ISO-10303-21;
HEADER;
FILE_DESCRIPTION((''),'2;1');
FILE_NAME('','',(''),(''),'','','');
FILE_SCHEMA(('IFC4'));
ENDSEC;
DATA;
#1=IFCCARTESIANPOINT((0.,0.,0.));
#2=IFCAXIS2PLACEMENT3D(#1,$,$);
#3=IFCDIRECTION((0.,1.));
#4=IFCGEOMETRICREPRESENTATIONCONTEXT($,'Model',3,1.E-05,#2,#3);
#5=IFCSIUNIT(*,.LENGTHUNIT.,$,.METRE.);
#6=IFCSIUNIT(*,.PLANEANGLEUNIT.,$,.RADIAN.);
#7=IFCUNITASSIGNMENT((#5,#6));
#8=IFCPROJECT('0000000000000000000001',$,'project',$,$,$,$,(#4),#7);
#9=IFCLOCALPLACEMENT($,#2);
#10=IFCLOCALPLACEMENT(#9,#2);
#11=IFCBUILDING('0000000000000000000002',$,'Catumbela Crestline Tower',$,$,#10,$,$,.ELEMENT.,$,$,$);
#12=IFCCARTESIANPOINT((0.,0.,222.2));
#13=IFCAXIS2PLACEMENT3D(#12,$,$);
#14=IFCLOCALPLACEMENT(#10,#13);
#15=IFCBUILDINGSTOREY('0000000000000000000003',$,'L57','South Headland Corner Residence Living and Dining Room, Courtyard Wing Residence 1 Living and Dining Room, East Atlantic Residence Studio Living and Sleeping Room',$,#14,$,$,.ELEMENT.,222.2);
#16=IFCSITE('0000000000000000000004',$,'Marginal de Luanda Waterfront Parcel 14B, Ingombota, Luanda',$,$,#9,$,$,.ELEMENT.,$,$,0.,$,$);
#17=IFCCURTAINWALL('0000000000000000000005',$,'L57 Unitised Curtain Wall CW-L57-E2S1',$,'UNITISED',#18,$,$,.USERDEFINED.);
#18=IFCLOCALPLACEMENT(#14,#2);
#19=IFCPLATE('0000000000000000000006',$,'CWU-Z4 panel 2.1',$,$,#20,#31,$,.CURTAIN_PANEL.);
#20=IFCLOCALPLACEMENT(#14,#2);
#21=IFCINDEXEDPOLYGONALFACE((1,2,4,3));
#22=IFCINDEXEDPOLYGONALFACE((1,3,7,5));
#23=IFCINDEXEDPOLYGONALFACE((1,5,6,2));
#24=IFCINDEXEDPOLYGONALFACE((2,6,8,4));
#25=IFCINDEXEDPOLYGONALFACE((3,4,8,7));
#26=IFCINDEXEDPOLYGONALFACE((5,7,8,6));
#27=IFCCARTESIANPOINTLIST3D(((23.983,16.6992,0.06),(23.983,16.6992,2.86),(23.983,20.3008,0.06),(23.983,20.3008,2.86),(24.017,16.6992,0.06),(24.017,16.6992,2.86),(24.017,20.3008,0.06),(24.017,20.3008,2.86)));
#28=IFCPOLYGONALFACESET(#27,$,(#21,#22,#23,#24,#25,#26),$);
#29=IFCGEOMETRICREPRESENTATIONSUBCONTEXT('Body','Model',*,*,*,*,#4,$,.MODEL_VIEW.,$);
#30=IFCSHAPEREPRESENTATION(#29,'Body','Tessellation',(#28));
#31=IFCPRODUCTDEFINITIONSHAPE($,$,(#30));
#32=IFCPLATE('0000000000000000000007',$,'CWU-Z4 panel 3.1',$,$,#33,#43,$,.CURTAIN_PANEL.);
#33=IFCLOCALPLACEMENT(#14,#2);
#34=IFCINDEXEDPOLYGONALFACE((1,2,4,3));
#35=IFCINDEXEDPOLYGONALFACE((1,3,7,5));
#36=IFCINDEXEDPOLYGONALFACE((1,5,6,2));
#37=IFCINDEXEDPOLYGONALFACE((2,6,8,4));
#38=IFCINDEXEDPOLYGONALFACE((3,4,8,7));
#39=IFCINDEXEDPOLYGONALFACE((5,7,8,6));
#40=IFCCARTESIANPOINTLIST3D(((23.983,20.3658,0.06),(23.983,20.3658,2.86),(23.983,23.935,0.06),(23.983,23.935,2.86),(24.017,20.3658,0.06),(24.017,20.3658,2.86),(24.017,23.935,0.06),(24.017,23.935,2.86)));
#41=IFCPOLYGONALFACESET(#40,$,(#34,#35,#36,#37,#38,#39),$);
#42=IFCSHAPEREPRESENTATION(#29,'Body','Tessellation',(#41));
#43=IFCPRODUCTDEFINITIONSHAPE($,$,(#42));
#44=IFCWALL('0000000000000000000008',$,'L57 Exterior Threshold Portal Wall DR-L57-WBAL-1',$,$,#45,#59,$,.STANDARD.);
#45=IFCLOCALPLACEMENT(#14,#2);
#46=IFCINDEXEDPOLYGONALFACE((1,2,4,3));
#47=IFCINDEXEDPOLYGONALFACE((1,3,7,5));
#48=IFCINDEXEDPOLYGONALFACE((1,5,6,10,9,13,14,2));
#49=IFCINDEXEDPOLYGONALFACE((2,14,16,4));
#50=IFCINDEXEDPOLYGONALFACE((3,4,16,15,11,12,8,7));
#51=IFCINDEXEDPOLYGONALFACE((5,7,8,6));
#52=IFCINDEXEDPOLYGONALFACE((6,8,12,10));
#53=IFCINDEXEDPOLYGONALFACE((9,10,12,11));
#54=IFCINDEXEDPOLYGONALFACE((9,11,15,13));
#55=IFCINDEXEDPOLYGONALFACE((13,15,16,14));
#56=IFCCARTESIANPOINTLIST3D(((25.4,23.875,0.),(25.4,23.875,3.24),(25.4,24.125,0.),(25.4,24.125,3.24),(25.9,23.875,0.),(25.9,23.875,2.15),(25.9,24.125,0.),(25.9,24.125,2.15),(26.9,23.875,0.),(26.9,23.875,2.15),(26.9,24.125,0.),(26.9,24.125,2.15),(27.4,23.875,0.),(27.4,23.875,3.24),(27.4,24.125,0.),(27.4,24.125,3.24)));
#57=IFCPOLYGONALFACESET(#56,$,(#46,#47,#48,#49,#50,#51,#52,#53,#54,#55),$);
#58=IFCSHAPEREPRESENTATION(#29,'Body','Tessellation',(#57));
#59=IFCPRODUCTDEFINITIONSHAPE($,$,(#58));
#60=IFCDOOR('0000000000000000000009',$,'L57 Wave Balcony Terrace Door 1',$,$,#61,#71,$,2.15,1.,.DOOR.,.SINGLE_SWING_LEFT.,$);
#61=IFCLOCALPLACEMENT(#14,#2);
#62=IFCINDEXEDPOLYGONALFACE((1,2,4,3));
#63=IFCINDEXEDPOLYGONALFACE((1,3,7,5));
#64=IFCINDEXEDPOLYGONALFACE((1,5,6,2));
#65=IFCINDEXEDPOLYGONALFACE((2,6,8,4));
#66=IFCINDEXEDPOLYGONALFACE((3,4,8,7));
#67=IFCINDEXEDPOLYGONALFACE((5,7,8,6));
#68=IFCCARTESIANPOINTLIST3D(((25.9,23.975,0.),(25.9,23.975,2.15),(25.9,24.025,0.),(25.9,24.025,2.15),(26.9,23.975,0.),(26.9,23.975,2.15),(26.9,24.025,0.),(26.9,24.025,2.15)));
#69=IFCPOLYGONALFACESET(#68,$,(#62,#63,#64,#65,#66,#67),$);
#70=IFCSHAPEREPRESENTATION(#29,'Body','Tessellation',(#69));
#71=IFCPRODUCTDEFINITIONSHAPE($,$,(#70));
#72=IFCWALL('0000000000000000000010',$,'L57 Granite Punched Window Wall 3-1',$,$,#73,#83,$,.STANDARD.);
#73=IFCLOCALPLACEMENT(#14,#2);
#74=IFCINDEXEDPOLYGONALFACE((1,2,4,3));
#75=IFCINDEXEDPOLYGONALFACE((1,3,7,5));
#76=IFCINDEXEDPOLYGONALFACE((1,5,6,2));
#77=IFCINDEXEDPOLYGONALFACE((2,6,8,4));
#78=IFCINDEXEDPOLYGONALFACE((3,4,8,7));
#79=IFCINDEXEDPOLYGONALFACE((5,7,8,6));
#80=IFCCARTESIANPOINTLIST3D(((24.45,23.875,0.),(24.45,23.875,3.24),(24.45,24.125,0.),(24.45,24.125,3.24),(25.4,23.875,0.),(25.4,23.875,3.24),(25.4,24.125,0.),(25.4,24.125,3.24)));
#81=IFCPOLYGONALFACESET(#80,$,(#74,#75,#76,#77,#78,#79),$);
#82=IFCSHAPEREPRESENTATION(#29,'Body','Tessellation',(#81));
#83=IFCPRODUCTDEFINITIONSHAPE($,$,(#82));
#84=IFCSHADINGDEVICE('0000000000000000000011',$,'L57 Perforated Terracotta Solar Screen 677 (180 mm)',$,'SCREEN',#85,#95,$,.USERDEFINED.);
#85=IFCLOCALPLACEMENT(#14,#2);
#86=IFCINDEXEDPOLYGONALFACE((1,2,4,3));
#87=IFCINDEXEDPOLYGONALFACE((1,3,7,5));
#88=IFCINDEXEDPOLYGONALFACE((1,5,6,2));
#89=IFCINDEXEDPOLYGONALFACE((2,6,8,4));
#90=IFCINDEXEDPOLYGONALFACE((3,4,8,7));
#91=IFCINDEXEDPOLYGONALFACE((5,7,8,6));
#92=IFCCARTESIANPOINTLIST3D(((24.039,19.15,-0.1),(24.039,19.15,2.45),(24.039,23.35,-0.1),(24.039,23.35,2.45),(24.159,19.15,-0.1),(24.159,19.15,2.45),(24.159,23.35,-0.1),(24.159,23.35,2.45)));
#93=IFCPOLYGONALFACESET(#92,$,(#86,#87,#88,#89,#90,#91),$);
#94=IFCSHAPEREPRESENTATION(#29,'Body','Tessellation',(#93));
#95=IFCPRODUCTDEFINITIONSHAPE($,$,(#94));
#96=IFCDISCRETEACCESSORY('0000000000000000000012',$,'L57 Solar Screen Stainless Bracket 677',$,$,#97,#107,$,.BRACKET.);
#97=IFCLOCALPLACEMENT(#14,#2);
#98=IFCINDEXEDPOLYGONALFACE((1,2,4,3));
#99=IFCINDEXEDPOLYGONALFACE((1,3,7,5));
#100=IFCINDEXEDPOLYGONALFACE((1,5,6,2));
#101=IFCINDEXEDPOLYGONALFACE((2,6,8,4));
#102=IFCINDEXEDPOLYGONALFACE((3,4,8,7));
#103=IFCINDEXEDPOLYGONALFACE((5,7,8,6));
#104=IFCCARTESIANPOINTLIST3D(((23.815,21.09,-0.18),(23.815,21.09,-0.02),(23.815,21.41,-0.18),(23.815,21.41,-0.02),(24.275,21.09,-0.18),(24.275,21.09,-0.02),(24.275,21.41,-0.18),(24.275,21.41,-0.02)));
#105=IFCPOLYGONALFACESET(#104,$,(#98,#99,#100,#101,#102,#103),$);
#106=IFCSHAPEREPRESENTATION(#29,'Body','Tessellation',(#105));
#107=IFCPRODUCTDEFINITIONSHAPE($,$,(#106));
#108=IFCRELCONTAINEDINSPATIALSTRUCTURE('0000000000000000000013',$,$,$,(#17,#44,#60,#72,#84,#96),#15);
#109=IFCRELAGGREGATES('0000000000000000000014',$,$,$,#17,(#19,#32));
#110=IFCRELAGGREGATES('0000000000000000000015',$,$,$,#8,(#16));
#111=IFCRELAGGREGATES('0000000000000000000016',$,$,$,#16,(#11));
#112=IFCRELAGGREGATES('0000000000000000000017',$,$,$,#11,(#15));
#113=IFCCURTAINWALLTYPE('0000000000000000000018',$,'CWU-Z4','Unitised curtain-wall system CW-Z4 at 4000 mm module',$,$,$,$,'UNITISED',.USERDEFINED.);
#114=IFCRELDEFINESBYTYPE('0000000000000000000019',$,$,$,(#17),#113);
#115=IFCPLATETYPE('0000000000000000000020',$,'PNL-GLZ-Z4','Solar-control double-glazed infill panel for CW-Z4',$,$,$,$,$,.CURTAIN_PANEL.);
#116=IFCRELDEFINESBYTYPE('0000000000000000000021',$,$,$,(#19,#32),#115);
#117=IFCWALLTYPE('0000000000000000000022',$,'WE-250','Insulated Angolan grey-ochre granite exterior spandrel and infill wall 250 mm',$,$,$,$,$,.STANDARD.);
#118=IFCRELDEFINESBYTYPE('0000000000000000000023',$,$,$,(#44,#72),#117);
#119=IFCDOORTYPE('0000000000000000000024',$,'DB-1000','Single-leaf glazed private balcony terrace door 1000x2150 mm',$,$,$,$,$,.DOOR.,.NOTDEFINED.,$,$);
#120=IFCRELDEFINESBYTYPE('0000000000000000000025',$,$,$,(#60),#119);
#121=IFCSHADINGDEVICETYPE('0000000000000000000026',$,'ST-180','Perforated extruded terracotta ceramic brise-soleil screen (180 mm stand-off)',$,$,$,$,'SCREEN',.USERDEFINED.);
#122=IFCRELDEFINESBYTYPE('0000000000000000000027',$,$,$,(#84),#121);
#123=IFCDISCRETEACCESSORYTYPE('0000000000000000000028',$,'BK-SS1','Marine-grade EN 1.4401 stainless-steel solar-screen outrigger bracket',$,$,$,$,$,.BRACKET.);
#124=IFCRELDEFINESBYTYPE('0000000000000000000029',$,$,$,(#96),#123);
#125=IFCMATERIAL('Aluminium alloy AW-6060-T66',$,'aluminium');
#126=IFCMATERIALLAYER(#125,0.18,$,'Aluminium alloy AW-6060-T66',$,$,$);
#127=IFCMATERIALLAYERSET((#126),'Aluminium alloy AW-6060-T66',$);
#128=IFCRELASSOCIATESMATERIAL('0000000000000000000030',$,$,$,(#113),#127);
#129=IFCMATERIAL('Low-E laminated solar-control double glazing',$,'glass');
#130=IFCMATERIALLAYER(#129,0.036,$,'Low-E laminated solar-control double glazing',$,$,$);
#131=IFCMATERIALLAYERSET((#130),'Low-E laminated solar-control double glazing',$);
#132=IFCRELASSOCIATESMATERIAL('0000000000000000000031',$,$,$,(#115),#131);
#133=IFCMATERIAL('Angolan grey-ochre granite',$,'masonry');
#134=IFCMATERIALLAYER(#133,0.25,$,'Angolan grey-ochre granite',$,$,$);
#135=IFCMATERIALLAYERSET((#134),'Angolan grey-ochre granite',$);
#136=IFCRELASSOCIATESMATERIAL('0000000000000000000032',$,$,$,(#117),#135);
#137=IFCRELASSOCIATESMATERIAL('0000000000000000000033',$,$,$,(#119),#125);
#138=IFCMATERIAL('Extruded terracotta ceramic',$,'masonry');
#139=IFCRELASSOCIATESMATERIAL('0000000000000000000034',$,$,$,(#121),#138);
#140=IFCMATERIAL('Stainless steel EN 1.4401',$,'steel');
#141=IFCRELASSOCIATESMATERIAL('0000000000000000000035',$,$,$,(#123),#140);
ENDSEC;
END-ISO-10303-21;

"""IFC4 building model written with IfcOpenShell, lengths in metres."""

from ifc_helpers import new_model, si_unit, direction, frame, frame_2d, origin, origin_2d, place, context, subcontext, project, spatial, rectangle, extrude, material, layer, layer_set, type_object, element, fill, aggregate, save


model = new_model("IFC4")

# Units and contexts
model_context = context("Model", 3, precision=1e-05, world=origin(), true_north=direction((0.0, 1.0)))
body_context = subcontext(model_context, "Body", "Model", "MODEL_VIEW")
ifc_project = project(units=[si_unit("LENGTHUNIT", "METRE"), si_unit("PLANEANGLEUNIT", "RADIAN")], contexts=[model_context])

# Site, building, storey
site_placement = place(None, origin())
site = spatial("IfcSite", under=ifc_project, at=site_placement, Name="Marginal de Luanda Waterfront Parcel 14B, Ingombota, Luanda", CompositionType="ELEMENT", RefElevation=0.0)
building_placement = place(site_placement, origin())
building = spatial("IfcBuilding", under=site, at=building_placement, Name="Catumbela Crestline Tower", CompositionType="ELEMENT")
storey_placement = place(building_placement, frame((0.0, 0.0, 222.2)))
storey = spatial("IfcBuildingStorey", under=building, at=storey_placement, Name="L57", Description="South Headland Corner Residence Living and Dining Room, Courtyard Wing Residence 1 Living and Dining Room, East Atlantic Residence Studio Living and Sleeping Room", CompositionType="ELEMENT", Elevation=222.2)

# Curtain wall
ifc_material_1 = material(Name="Aluminium alloy AW-6060-T66", Category="aluminium")
ifc_layer_1 = layer(ifc_material_1, 0.18, Name="Aluminium alloy AW-6060-T66")
ifc_layer_set_1 = layer_set([ifc_layer_1], Name="Aluminium alloy AW-6060-T66")
curtain_wall_type = type_object("IfcCurtainWallType", Name="CWU-Z4", Description="Unitised curtain-wall system CW-Z4 at 4000 mm module", ElementType="UNITISED", PredefinedType="USERDEFINED", material=ifc_layer_set_1)
curtain_wall_placement = place(storey_placement, origin())
curtain_wall = element("IfcCurtainWall", 1, at=curtain_wall_placement, inside=storey, type_object=curtain_wall_type, Name="L57 Unitised Curtain Wall CW-L57-E2S1", ObjectType="UNITISED", PredefinedType="USERDEFINED")

# Plates
ifc_material_2 = material(Name="Low-E laminated solar-control double glazing", Category="glass")
ifc_layer_2 = layer(ifc_material_2, 0.036, Name="Low-E laminated solar-control double glazing")
ifc_layer_set_2 = layer_set([ifc_layer_2], Name="Low-E laminated solar-control double glazing")
plate_type = type_object("IfcPlateType", Name="PNL-GLZ-Z4", Description="Solar-control double-glazed infill panel for CW-Z4", PredefinedType="CURTAIN_PANEL", material=ifc_layer_set_2)
plate_1_placement = place(storey_placement, frame((24.0, 18.5, 0.06), z_axis=(0.0, 0.0, 1.0), x_axis=(0.0, 1.0, 0.0)))
plate_1 = element("IfcPlate", 2, at=plate_1_placement, type_object=plate_type, Name="CWU-Z4 panel 2.1", PredefinedType="CURTAIN_PANEL", context=body_context, shape_type="SweptSolid", body=[
    extrude(rectangle(XDim=3.6017, YDim=0.034, at=origin_2d()), origin(), (0.0, 0.0, 1.0), 2.8),
])
plate_2_placement = place(storey_placement, frame((24.0, 22.1504, 0.06), z_axis=(0.0, 0.0, 1.0), x_axis=(0.0, 1.0, 0.0)))
plate_2 = element("IfcPlate", 3, at=plate_2_placement, type_object=plate_type, Name="CWU-Z4 panel 3.1", PredefinedType="CURTAIN_PANEL", context=body_context, shape_type="SweptSolid", body=[
    extrude(rectangle(XDim=3.5692, YDim=0.034, at=origin_2d()), origin(), (0.0, 0.0, 1.0), 2.8),
])
aggregate(curtain_wall, [plate_1, plate_2])

# Wall, opening, door
ifc_material_3 = material(Name="Angolan grey-ochre granite", Category="masonry")
ifc_layer_3 = layer(ifc_material_3, 0.25, Name="Angolan grey-ochre granite")
ifc_layer_set_3 = layer_set([ifc_layer_3], Name="Angolan grey-ochre granite")
wall_type = type_object("IfcWallType", Name="WE-250", Description="Insulated Angolan grey-ochre granite exterior spandrel and infill wall 250 mm", PredefinedType="STANDARD", material=ifc_layer_set_3)
wall_1_placement = place(storey_placement, frame((25.4, 24.0, 0.0), z_axis=(0.0, 0.0, 1.0), x_axis=(1.0, 0.0, 0.0)))
wall_1 = element("IfcWall", 4, at=wall_1_placement, inside=storey, type_object=wall_type, Name="L57 Exterior Threshold Portal Wall DR-L57-WBAL-1", PredefinedType="STANDARD", context=body_context, shape_type="SweptSolid", body=[
    extrude(rectangle(XDim=2.0, YDim=0.25, at=frame_2d((1.0, 0.0))), origin(), (0.0, 0.0, 1.0), 3.24),
])
opening_placement = place(wall_1_placement, frame((0.5, 0.0, 0.0)))
opening = element("IfcOpeningElement", 5, at=opening_placement, cuts=wall_1, PredefinedType="OPENING", context=body_context, shape_type="SweptSolid", body=[
    extrude(rectangle(XDim=1.0, YDim=2.15, at=frame_2d((0.5, 1.075))), frame((0.0, 0.135, 0.0), z_axis=(0.0, -1.0, 0.0), x_axis=(1.0, 0.0, 0.0)), (0.0, 0.0, 1.0), 0.27),
])
door_type = type_object("IfcDoorType", Name="DB-1000", Description="Single-leaf glazed private balcony terrace door 1000x2150 mm", OperationType="NOTDEFINED", PredefinedType="DOOR", material=ifc_material_1)
door_placement = place(opening_placement, origin())
door = element("IfcDoor", 6, at=door_placement, inside=storey, type_object=door_type, Name="L57 Wave Balcony Terrace Door 1", OperationType="SINGLE_SWING_LEFT", OverallHeight=2.15, OverallWidth=1.0, PredefinedType="DOOR", context=body_context, shape_type="SweptSolid", body=[
    extrude(rectangle(XDim=1.0, YDim=2.15, at=frame_2d((0.5, 1.075))), frame((0.0, 0.025, 0.0), z_axis=(0.0, -1.0, 0.0), x_axis=(1.0, 0.0, 0.0)), (0.0, 0.0, 1.0), 0.05),
])
fill(opening, door)

# Wall
wall_2_placement = place(storey_placement, frame((24.45, 24.0, 0.0), z_axis=(0.0, 0.0, 1.0), x_axis=(1.0, 0.0, 0.0)))
element("IfcWall", 7, at=wall_2_placement, inside=storey, type_object=wall_type, Name="L57 Granite Punched Window Wall 3-1", PredefinedType="STANDARD", context=body_context, shape_type="SweptSolid", body=[
    extrude(rectangle(XDim=0.95, YDim=0.25, at=frame_2d((0.475, 0.0))), origin(), (0.0, 0.0, 1.0), 3.24),
])

# Shared definitions
ifc_material_4 = material(Name="Stainless steel EN 1.4401", Category="steel")

# Shading device
ifc_material_5 = material(Name="Extruded terracotta ceramic", Category="masonry")
shading_device_type = type_object("IfcShadingDeviceType", Name="ST-180", Description="Perforated extruded terracotta ceramic brise-soleil screen (180 mm stand-off)", ElementType="SCREEN", PredefinedType="USERDEFINED", material=ifc_material_5)
shading_device_placement = place(storey_placement, frame((24.099, 21.25, -0.1), z_axis=(0.0, 0.0, 1.0), x_axis=(0.0, 1.0, 0.0)))
element("IfcShadingDevice", 8, at=shading_device_placement, inside=storey, type_object=shading_device_type, Name="L57 Perforated Terracotta Solar Screen 677 (180 mm)", ObjectType="SCREEN", PredefinedType="USERDEFINED", context=body_context, shape_type="SweptSolid", body=[
    extrude(rectangle(XDim=4.2, YDim=0.12, at=origin_2d()), origin(), (0.0, 0.0, 1.0), 2.55),
])

# Discrete accessory
discrete_accessory_type = type_object("IfcDiscreteAccessoryType", Name="BK-SS1", Description="Marine-grade EN 1.4401 stainless-steel solar-screen outrigger bracket", PredefinedType="BRACKET", material=ifc_material_4)
discrete_accessory_placement = place(storey_placement, frame((24.045, 21.25, -0.18), z_axis=(0.0, 0.0, 1.0), x_axis=(0.0, 1.0, 0.0)))
element("IfcDiscreteAccessory", 9, at=discrete_accessory_placement, inside=storey, type_object=discrete_accessory_type, Name="L57 Solar Screen Stainless Bracket 677", PredefinedType="BRACKET", context=body_context, shape_type="SweptSolid", body=[
    extrude(rectangle(XDim=0.32, YDim=0.46, at=origin_2d()), origin(), (0.0, 0.0, 1.0), 0.16),
])

save(model, "model.ifc")
